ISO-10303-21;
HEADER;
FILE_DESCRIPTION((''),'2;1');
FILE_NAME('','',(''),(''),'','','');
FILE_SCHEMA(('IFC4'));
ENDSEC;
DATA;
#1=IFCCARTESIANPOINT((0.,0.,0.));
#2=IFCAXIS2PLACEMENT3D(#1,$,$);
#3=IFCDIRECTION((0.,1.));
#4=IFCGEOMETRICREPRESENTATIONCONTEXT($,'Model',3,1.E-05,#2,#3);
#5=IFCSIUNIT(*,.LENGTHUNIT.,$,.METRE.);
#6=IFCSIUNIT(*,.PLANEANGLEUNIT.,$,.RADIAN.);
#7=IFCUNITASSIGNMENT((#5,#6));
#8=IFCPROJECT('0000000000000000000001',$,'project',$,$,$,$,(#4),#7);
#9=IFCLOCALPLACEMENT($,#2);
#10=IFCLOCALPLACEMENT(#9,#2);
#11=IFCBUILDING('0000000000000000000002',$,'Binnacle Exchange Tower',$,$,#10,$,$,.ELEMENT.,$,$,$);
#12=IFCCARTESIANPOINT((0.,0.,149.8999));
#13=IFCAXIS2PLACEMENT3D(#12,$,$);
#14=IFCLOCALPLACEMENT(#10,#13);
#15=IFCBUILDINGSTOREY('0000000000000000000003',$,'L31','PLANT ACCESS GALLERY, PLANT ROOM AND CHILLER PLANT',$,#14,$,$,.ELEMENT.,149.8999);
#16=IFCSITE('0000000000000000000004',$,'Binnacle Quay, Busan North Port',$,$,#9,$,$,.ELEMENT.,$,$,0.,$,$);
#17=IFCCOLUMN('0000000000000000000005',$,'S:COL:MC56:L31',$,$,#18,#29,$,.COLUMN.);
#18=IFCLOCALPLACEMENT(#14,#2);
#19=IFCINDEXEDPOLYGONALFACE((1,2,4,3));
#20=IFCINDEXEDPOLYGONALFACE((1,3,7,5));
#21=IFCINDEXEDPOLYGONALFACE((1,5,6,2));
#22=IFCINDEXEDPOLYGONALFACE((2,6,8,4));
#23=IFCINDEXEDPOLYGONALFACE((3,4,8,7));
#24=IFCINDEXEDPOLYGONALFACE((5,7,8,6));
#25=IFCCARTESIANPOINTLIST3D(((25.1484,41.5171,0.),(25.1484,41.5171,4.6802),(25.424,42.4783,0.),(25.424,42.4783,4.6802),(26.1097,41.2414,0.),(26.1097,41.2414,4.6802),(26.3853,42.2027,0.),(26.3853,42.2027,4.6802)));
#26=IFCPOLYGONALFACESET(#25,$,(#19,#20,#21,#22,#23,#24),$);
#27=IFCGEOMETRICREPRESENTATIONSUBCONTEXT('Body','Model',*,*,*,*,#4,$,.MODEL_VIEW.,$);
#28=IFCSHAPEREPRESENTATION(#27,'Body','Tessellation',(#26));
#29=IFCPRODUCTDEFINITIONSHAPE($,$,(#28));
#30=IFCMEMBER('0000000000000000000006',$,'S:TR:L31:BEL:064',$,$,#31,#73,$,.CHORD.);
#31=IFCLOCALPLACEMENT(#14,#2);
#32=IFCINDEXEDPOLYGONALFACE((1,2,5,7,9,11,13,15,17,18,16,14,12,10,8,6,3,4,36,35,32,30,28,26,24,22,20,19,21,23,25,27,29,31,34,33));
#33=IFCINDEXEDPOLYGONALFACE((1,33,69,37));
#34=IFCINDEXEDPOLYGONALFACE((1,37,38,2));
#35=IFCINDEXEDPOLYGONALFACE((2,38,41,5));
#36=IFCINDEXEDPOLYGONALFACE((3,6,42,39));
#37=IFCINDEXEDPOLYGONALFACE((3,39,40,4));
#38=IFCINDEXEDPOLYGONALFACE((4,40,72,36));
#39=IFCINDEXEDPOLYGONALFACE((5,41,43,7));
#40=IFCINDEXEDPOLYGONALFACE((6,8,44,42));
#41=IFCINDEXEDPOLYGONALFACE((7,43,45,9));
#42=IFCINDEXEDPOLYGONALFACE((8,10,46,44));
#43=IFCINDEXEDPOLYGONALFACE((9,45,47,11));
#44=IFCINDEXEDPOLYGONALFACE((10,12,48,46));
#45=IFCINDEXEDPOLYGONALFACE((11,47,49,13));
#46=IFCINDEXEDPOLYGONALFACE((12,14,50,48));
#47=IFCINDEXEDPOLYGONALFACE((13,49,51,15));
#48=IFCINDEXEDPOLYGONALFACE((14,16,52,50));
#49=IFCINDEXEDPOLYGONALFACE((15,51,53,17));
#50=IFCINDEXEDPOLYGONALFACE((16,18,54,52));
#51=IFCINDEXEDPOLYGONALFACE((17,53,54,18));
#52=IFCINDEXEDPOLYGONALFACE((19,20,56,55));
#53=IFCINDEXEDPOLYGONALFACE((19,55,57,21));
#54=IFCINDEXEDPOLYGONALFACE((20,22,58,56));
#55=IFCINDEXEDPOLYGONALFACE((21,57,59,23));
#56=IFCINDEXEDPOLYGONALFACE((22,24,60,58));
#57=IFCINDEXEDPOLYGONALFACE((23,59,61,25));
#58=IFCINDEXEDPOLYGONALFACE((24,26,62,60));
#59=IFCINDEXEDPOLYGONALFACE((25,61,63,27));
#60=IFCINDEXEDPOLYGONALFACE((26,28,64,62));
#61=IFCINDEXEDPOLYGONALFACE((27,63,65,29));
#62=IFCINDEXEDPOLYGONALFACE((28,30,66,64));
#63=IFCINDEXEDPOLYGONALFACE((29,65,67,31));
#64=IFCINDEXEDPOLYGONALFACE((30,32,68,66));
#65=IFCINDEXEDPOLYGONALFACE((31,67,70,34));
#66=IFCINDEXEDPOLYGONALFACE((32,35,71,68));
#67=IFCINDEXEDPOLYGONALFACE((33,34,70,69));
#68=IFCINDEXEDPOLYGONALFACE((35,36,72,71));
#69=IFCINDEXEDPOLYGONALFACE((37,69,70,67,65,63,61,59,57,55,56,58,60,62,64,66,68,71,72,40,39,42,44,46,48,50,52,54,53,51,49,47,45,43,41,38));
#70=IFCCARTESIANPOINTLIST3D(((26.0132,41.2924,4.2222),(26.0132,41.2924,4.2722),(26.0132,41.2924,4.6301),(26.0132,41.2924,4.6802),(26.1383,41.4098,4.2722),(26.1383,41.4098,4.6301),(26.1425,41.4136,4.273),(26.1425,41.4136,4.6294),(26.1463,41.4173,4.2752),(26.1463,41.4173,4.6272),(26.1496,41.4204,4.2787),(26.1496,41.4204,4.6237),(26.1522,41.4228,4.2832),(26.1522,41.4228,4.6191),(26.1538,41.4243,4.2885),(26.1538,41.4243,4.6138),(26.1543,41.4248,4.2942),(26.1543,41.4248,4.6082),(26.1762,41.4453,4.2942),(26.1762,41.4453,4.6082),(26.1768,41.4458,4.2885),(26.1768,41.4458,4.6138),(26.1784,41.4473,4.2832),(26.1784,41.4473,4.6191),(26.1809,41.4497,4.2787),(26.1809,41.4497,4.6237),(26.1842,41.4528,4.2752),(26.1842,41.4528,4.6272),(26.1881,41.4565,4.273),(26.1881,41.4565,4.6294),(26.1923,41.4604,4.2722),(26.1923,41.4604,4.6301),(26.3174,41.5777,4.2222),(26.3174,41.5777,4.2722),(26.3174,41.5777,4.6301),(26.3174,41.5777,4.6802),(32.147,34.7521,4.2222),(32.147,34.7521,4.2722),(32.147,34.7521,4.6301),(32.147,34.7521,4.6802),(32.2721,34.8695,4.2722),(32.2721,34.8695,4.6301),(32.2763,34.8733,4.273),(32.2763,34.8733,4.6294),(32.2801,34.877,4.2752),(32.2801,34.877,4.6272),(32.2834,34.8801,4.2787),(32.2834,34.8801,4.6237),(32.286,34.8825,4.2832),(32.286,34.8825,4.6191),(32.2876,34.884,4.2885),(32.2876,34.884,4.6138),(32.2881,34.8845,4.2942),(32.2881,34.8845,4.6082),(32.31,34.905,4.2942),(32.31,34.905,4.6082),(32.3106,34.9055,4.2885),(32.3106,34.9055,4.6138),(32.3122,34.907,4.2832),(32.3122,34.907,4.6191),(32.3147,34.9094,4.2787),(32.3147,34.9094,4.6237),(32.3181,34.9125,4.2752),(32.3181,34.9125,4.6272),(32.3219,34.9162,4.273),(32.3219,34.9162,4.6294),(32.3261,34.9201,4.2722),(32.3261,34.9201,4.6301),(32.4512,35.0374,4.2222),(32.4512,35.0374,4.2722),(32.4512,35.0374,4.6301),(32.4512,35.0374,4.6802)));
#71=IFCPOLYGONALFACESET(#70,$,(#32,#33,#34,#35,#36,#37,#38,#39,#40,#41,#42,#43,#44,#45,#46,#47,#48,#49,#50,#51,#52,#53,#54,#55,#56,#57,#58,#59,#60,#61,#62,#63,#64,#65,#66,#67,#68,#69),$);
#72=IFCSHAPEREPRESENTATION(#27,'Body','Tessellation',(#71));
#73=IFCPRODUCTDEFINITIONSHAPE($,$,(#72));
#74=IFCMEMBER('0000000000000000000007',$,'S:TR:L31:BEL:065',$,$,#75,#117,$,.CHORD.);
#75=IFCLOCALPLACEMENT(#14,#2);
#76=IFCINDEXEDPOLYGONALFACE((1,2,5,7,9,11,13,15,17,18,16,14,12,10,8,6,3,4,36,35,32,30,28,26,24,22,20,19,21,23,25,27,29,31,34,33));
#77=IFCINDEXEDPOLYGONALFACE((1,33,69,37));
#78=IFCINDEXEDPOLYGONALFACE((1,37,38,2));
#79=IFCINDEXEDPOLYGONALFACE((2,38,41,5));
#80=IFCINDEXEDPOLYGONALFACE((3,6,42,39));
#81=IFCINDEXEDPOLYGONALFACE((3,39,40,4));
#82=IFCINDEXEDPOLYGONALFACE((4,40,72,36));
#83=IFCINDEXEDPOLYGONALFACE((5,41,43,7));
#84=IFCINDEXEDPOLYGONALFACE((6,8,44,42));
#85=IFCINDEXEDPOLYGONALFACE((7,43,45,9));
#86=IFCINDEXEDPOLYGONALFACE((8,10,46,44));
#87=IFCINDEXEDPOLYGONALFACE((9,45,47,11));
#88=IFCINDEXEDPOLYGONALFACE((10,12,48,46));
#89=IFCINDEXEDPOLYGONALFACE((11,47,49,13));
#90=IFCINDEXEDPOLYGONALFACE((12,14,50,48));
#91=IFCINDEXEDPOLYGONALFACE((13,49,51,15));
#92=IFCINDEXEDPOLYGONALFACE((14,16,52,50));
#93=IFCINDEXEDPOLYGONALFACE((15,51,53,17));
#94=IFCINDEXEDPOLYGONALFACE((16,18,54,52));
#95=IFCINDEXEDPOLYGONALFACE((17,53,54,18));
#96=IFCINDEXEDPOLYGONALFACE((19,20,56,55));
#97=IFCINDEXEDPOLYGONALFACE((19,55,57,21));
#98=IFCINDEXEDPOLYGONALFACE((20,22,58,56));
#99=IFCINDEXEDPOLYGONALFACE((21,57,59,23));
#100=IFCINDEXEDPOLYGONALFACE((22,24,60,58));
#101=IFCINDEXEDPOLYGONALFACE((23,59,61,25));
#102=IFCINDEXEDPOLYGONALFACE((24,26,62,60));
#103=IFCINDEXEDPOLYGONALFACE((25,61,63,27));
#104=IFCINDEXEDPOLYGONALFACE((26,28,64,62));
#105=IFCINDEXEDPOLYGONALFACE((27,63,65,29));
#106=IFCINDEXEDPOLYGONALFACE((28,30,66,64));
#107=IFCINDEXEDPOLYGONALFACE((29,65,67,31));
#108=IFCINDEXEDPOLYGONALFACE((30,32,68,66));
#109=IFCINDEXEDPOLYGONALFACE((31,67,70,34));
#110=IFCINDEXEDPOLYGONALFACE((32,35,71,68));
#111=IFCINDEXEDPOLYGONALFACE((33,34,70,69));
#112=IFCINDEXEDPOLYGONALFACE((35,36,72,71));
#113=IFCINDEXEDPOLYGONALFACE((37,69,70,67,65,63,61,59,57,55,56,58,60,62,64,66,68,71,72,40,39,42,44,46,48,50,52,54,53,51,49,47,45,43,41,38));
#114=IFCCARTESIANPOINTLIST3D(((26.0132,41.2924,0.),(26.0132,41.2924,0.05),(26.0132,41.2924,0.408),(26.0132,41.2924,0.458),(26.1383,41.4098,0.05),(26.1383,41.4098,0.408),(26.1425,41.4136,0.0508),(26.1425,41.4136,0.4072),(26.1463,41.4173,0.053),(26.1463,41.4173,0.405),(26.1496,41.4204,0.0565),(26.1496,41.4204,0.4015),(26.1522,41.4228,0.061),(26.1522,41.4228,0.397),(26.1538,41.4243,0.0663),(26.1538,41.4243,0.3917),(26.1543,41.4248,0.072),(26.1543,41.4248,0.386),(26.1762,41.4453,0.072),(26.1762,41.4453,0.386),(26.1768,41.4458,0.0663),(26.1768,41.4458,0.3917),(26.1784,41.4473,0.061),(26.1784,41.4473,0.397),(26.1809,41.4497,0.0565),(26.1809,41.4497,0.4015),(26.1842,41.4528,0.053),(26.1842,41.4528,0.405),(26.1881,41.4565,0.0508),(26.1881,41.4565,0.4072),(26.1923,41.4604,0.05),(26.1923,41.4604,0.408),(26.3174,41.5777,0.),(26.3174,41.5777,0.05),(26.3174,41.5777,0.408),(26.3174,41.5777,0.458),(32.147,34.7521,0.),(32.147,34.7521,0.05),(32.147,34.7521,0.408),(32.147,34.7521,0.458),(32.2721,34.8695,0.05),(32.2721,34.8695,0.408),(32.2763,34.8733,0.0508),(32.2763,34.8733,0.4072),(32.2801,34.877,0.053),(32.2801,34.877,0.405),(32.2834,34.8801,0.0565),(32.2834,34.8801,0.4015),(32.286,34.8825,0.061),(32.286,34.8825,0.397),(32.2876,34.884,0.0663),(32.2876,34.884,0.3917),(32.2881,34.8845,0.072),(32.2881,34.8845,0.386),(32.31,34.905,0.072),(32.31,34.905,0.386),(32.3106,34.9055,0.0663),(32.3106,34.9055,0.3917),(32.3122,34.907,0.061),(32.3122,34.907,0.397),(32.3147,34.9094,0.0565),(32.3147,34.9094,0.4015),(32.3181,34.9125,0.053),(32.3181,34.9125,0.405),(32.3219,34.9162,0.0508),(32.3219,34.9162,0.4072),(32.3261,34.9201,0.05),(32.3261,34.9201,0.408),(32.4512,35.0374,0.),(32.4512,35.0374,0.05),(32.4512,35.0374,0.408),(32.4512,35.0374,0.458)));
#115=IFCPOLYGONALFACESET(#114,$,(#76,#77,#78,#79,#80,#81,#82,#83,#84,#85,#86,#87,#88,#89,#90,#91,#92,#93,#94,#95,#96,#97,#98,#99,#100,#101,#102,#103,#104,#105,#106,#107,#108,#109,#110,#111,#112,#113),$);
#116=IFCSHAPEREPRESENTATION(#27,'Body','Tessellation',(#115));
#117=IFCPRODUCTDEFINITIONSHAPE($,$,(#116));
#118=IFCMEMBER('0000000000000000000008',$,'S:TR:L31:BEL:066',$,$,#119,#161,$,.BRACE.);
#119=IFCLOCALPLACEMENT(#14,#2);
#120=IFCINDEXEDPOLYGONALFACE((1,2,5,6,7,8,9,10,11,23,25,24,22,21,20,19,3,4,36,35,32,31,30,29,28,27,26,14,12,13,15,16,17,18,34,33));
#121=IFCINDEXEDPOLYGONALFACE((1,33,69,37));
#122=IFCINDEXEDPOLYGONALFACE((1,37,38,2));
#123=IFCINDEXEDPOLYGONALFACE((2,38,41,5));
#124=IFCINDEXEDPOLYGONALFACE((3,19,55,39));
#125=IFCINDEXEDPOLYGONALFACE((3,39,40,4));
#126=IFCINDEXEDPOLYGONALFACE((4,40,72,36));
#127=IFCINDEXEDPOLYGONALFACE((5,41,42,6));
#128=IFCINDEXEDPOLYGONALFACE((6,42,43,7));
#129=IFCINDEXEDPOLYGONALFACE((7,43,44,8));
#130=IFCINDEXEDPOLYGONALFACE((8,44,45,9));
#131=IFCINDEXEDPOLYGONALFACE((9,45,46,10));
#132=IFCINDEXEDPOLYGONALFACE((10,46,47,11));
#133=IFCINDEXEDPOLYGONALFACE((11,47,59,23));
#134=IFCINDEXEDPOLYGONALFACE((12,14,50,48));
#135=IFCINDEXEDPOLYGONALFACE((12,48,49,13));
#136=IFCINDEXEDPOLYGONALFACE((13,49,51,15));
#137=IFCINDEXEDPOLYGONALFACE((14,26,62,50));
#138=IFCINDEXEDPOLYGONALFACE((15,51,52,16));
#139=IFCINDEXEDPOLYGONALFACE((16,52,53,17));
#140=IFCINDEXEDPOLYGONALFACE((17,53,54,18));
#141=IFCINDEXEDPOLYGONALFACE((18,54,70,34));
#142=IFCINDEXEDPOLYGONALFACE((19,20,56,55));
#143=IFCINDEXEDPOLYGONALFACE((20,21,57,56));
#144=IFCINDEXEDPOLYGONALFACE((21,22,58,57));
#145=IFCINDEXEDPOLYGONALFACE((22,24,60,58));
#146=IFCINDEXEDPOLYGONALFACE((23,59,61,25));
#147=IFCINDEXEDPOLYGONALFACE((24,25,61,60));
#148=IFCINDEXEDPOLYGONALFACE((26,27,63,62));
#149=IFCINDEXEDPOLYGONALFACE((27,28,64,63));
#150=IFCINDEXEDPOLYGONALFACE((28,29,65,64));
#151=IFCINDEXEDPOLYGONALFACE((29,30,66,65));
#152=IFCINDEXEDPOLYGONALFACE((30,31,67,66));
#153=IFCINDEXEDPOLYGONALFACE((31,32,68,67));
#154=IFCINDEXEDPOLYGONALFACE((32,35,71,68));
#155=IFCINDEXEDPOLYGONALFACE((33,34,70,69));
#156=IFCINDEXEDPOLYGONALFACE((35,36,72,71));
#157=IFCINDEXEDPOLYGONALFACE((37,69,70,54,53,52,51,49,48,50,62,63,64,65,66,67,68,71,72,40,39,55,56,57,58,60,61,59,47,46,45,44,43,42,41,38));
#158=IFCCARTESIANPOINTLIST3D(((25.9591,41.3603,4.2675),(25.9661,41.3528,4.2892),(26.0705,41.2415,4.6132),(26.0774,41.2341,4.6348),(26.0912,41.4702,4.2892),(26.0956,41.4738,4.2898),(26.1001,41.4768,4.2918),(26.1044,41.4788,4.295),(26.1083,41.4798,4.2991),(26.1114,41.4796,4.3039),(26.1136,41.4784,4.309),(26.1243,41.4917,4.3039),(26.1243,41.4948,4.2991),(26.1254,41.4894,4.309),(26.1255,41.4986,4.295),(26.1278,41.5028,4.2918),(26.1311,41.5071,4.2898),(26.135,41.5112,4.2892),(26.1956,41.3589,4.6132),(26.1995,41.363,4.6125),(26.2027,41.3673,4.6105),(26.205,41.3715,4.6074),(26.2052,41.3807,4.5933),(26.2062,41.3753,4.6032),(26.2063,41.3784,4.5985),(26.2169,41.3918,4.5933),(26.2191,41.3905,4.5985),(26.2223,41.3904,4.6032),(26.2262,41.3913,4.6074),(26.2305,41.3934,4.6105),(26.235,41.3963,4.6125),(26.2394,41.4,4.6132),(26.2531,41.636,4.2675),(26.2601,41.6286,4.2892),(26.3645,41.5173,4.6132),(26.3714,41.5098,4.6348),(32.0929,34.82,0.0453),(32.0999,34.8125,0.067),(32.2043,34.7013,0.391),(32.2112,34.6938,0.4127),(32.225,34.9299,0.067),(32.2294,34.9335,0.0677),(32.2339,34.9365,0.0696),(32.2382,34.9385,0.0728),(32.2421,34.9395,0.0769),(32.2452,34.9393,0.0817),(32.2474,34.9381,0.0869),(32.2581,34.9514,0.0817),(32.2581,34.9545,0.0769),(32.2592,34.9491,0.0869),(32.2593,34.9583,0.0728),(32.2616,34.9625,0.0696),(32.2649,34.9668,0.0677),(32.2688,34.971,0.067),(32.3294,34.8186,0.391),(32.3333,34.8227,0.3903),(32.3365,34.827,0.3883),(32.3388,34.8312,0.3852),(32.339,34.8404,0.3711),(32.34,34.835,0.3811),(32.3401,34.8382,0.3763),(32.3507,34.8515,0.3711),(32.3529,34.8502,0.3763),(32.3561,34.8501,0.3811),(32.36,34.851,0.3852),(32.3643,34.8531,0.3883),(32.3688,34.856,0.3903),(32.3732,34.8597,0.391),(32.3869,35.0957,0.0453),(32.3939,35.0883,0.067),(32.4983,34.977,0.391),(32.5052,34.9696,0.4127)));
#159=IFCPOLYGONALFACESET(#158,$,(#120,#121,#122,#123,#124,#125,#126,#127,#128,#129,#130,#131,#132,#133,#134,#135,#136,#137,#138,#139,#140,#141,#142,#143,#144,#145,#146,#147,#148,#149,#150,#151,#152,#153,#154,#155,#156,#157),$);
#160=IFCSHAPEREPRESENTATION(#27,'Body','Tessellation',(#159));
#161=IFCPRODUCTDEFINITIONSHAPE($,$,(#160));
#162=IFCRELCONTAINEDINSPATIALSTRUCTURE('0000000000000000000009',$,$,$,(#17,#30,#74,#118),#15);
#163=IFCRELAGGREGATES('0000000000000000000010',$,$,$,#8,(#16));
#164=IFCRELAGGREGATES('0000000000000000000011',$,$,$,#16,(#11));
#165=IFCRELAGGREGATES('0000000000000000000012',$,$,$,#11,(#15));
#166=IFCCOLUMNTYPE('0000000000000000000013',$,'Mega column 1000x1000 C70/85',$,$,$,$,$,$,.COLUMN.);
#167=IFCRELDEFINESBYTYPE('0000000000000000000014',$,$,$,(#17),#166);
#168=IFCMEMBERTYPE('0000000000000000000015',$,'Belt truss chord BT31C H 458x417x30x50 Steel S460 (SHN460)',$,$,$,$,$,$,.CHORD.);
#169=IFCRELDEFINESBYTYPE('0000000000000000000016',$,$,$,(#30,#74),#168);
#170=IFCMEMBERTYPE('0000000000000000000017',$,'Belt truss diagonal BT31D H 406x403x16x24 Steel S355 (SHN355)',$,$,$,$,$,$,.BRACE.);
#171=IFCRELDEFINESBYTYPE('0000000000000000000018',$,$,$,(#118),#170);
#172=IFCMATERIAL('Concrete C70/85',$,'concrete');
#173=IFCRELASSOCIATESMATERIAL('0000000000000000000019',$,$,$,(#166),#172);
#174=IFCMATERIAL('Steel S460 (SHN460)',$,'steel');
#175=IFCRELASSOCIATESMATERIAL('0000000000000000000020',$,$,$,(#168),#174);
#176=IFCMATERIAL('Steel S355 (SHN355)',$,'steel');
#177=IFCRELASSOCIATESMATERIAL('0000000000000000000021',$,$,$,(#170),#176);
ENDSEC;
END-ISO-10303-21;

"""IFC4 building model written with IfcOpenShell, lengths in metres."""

from ifc_helpers import new_model, si_unit, direction, frame, origin, origin_2d, place, context, subcontext, project, spatial, rectangle, i_section, extrude, material, material_profile, profile_set, type_object, element, save


model = new_model("IFC4")

# Units and contexts
model_context = context("Model", 3, precision=1e-05, world=origin(), true_north=direction((0.0, 1.0)))
body_context = subcontext(model_context, "Body", "Model", "MODEL_VIEW")
ifc_project = project(units=[si_unit("LENGTHUNIT", "METRE"), si_unit("PLANEANGLEUNIT", "RADIAN")], contexts=[model_context])

# Site, building, storey
site_placement = place(None, origin())
site = spatial("IfcSite", under=ifc_project, at=site_placement, Name="Binnacle Quay, Busan North Port", CompositionType="ELEMENT", RefElevation=0.0)
building_placement = place(site_placement, origin())
building = spatial("IfcBuilding", under=site, at=building_placement, Name="Binnacle Exchange Tower", CompositionType="ELEMENT")
storey_placement = place(building_placement, frame((0.0, 0.0, 149.8999)))
storey = spatial("IfcBuildingStorey", under=building, at=storey_placement, Name="L31", Description="PLANT ACCESS GALLERY, PLANT ROOM AND CHILLER PLANT", CompositionType="ELEMENT", Elevation=149.8999)

# Column
ifc_material_1 = material(Name="Concrete C70/85", Category="concrete")
ifc_material_profile_1 = material_profile(ifc_material_1, rectangle(XDim=1.0, YDim=1.0, at=origin_2d()), Name="Mega column 1000x1000 C70/85")
ifc_profile_set_1 = profile_set([ifc_material_profile_1], Name="Concrete C70/85")
column_type = type_object("IfcColumnType", Name="Mega column 1000x1000 C70/85", PredefinedType="COLUMN", material=ifc_profile_set_1)
column_placement = place(storey_placement, frame((25.7668, 41.8599, 0.0), z_axis=(0.0, 0.0, 1.0), x_axis=(0.961262, -0.275637, 0.0)))
element("IfcColumn", 1, at=column_placement, inside=storey, type_object=column_type, Name="S:COL:MC56:L31", PredefinedType="COLUMN", context=body_context, shape_type="SweptSolid", body=[
    extrude(rectangle(XDim=1.0, YDim=1.0, at=origin_2d()), origin(), (0.0, 0.0, 1.0), 4.6802),
])

# Members
ifc_material_2 = material(Name="Steel S460 (SHN460)", Category="steel")
ifc_material_profile_2 = material_profile(ifc_material_2, i_section(OverallWidth=0.417, OverallDepth=0.458, WebThickness=0.03, FlangeThickness=0.05, FilletRadius=0.022, at=origin_2d()), Name="H 458x417x30x50")
ifc_profile_set_2 = profile_set([ifc_material_profile_2], Name="Steel S460 (SHN460)")
member_type_1 = type_object("IfcMemberType", Name="Belt truss chord BT31C H 458x417x30x50 Steel S460 (SHN460)", PredefinedType="CHORD", material=ifc_profile_set_2)
for number, where, z_axis, x_axis, name in (
    (2, (26.1653, 41.4351, 4.4512), (0.684076, -0.729411, 0.0), (0.729411, 0.684076, 0.0), "S:TR:L31:BEL:064"),
    (3, (26.1653, 41.4351, 0.229), (0.684076, -0.729411, 0.0), (0.729411, 0.684076, 0.0), "S:TR:L31:BEL:065"),
):
    element("IfcMember", number, at=place(storey_placement, frame(where, z_axis=z_axis, x_axis=x_axis)), inside=storey, type_object=member_type_1, Name=name, PredefinedType="CHORD", context=body_context, shape_type="SweptSolid", body=[
        extrude(i_section(OverallWidth=0.417, OverallDepth=0.458, WebThickness=0.03, FlangeThickness=0.05, FilletRadius=0.022, at=origin_2d()), origin(), (0.0, 0.0, 1.0), 8.9666),
    ])
ifc_material_3 = material(Name="Steel S355 (SHN355)", Category="steel")
ifc_material_profile_3 = material_profile(ifc_material_3, i_section(OverallWidth=0.4031, OverallDepth=0.406, WebThickness=0.0161, FlangeThickness=0.0239, FilletRadius=0.022, at=origin_2d()), Name="H 406x403x16x24")
ifc_profile_set_3 = profile_set([ifc_material_profile_3], Name="Steel S355 (SHN355)")
member_type_2 = type_object("IfcMemberType", Name="Belt truss diagonal BT31D H 406x403x16x24 Steel S355 (SHN355)", PredefinedType="BRACE", material=ifc_profile_set_3)
member_placement = place(storey_placement, frame((26.1653, 41.4351, 4.4512), z_axis=(0.618895, -0.65991, -0.426014), x_axis=(0.729411, 0.684076, 0.0)))
element("IfcMember", 4, at=member_placement, inside=storey, type_object=member_type_2, Name="S:TR:L31:BEL:066", PredefinedType="BRACE", context=body_context, shape_type="SweptSolid", body=[
    extrude(i_section(OverallWidth=0.4031, OverallDepth=0.406, WebThickness=0.0161, FlangeThickness=0.0239, FilletRadius=0.022, at=origin_2d()), origin(), (0.0, 0.0, 1.0), 9.9109),
])

save(model, "model.ifc")
